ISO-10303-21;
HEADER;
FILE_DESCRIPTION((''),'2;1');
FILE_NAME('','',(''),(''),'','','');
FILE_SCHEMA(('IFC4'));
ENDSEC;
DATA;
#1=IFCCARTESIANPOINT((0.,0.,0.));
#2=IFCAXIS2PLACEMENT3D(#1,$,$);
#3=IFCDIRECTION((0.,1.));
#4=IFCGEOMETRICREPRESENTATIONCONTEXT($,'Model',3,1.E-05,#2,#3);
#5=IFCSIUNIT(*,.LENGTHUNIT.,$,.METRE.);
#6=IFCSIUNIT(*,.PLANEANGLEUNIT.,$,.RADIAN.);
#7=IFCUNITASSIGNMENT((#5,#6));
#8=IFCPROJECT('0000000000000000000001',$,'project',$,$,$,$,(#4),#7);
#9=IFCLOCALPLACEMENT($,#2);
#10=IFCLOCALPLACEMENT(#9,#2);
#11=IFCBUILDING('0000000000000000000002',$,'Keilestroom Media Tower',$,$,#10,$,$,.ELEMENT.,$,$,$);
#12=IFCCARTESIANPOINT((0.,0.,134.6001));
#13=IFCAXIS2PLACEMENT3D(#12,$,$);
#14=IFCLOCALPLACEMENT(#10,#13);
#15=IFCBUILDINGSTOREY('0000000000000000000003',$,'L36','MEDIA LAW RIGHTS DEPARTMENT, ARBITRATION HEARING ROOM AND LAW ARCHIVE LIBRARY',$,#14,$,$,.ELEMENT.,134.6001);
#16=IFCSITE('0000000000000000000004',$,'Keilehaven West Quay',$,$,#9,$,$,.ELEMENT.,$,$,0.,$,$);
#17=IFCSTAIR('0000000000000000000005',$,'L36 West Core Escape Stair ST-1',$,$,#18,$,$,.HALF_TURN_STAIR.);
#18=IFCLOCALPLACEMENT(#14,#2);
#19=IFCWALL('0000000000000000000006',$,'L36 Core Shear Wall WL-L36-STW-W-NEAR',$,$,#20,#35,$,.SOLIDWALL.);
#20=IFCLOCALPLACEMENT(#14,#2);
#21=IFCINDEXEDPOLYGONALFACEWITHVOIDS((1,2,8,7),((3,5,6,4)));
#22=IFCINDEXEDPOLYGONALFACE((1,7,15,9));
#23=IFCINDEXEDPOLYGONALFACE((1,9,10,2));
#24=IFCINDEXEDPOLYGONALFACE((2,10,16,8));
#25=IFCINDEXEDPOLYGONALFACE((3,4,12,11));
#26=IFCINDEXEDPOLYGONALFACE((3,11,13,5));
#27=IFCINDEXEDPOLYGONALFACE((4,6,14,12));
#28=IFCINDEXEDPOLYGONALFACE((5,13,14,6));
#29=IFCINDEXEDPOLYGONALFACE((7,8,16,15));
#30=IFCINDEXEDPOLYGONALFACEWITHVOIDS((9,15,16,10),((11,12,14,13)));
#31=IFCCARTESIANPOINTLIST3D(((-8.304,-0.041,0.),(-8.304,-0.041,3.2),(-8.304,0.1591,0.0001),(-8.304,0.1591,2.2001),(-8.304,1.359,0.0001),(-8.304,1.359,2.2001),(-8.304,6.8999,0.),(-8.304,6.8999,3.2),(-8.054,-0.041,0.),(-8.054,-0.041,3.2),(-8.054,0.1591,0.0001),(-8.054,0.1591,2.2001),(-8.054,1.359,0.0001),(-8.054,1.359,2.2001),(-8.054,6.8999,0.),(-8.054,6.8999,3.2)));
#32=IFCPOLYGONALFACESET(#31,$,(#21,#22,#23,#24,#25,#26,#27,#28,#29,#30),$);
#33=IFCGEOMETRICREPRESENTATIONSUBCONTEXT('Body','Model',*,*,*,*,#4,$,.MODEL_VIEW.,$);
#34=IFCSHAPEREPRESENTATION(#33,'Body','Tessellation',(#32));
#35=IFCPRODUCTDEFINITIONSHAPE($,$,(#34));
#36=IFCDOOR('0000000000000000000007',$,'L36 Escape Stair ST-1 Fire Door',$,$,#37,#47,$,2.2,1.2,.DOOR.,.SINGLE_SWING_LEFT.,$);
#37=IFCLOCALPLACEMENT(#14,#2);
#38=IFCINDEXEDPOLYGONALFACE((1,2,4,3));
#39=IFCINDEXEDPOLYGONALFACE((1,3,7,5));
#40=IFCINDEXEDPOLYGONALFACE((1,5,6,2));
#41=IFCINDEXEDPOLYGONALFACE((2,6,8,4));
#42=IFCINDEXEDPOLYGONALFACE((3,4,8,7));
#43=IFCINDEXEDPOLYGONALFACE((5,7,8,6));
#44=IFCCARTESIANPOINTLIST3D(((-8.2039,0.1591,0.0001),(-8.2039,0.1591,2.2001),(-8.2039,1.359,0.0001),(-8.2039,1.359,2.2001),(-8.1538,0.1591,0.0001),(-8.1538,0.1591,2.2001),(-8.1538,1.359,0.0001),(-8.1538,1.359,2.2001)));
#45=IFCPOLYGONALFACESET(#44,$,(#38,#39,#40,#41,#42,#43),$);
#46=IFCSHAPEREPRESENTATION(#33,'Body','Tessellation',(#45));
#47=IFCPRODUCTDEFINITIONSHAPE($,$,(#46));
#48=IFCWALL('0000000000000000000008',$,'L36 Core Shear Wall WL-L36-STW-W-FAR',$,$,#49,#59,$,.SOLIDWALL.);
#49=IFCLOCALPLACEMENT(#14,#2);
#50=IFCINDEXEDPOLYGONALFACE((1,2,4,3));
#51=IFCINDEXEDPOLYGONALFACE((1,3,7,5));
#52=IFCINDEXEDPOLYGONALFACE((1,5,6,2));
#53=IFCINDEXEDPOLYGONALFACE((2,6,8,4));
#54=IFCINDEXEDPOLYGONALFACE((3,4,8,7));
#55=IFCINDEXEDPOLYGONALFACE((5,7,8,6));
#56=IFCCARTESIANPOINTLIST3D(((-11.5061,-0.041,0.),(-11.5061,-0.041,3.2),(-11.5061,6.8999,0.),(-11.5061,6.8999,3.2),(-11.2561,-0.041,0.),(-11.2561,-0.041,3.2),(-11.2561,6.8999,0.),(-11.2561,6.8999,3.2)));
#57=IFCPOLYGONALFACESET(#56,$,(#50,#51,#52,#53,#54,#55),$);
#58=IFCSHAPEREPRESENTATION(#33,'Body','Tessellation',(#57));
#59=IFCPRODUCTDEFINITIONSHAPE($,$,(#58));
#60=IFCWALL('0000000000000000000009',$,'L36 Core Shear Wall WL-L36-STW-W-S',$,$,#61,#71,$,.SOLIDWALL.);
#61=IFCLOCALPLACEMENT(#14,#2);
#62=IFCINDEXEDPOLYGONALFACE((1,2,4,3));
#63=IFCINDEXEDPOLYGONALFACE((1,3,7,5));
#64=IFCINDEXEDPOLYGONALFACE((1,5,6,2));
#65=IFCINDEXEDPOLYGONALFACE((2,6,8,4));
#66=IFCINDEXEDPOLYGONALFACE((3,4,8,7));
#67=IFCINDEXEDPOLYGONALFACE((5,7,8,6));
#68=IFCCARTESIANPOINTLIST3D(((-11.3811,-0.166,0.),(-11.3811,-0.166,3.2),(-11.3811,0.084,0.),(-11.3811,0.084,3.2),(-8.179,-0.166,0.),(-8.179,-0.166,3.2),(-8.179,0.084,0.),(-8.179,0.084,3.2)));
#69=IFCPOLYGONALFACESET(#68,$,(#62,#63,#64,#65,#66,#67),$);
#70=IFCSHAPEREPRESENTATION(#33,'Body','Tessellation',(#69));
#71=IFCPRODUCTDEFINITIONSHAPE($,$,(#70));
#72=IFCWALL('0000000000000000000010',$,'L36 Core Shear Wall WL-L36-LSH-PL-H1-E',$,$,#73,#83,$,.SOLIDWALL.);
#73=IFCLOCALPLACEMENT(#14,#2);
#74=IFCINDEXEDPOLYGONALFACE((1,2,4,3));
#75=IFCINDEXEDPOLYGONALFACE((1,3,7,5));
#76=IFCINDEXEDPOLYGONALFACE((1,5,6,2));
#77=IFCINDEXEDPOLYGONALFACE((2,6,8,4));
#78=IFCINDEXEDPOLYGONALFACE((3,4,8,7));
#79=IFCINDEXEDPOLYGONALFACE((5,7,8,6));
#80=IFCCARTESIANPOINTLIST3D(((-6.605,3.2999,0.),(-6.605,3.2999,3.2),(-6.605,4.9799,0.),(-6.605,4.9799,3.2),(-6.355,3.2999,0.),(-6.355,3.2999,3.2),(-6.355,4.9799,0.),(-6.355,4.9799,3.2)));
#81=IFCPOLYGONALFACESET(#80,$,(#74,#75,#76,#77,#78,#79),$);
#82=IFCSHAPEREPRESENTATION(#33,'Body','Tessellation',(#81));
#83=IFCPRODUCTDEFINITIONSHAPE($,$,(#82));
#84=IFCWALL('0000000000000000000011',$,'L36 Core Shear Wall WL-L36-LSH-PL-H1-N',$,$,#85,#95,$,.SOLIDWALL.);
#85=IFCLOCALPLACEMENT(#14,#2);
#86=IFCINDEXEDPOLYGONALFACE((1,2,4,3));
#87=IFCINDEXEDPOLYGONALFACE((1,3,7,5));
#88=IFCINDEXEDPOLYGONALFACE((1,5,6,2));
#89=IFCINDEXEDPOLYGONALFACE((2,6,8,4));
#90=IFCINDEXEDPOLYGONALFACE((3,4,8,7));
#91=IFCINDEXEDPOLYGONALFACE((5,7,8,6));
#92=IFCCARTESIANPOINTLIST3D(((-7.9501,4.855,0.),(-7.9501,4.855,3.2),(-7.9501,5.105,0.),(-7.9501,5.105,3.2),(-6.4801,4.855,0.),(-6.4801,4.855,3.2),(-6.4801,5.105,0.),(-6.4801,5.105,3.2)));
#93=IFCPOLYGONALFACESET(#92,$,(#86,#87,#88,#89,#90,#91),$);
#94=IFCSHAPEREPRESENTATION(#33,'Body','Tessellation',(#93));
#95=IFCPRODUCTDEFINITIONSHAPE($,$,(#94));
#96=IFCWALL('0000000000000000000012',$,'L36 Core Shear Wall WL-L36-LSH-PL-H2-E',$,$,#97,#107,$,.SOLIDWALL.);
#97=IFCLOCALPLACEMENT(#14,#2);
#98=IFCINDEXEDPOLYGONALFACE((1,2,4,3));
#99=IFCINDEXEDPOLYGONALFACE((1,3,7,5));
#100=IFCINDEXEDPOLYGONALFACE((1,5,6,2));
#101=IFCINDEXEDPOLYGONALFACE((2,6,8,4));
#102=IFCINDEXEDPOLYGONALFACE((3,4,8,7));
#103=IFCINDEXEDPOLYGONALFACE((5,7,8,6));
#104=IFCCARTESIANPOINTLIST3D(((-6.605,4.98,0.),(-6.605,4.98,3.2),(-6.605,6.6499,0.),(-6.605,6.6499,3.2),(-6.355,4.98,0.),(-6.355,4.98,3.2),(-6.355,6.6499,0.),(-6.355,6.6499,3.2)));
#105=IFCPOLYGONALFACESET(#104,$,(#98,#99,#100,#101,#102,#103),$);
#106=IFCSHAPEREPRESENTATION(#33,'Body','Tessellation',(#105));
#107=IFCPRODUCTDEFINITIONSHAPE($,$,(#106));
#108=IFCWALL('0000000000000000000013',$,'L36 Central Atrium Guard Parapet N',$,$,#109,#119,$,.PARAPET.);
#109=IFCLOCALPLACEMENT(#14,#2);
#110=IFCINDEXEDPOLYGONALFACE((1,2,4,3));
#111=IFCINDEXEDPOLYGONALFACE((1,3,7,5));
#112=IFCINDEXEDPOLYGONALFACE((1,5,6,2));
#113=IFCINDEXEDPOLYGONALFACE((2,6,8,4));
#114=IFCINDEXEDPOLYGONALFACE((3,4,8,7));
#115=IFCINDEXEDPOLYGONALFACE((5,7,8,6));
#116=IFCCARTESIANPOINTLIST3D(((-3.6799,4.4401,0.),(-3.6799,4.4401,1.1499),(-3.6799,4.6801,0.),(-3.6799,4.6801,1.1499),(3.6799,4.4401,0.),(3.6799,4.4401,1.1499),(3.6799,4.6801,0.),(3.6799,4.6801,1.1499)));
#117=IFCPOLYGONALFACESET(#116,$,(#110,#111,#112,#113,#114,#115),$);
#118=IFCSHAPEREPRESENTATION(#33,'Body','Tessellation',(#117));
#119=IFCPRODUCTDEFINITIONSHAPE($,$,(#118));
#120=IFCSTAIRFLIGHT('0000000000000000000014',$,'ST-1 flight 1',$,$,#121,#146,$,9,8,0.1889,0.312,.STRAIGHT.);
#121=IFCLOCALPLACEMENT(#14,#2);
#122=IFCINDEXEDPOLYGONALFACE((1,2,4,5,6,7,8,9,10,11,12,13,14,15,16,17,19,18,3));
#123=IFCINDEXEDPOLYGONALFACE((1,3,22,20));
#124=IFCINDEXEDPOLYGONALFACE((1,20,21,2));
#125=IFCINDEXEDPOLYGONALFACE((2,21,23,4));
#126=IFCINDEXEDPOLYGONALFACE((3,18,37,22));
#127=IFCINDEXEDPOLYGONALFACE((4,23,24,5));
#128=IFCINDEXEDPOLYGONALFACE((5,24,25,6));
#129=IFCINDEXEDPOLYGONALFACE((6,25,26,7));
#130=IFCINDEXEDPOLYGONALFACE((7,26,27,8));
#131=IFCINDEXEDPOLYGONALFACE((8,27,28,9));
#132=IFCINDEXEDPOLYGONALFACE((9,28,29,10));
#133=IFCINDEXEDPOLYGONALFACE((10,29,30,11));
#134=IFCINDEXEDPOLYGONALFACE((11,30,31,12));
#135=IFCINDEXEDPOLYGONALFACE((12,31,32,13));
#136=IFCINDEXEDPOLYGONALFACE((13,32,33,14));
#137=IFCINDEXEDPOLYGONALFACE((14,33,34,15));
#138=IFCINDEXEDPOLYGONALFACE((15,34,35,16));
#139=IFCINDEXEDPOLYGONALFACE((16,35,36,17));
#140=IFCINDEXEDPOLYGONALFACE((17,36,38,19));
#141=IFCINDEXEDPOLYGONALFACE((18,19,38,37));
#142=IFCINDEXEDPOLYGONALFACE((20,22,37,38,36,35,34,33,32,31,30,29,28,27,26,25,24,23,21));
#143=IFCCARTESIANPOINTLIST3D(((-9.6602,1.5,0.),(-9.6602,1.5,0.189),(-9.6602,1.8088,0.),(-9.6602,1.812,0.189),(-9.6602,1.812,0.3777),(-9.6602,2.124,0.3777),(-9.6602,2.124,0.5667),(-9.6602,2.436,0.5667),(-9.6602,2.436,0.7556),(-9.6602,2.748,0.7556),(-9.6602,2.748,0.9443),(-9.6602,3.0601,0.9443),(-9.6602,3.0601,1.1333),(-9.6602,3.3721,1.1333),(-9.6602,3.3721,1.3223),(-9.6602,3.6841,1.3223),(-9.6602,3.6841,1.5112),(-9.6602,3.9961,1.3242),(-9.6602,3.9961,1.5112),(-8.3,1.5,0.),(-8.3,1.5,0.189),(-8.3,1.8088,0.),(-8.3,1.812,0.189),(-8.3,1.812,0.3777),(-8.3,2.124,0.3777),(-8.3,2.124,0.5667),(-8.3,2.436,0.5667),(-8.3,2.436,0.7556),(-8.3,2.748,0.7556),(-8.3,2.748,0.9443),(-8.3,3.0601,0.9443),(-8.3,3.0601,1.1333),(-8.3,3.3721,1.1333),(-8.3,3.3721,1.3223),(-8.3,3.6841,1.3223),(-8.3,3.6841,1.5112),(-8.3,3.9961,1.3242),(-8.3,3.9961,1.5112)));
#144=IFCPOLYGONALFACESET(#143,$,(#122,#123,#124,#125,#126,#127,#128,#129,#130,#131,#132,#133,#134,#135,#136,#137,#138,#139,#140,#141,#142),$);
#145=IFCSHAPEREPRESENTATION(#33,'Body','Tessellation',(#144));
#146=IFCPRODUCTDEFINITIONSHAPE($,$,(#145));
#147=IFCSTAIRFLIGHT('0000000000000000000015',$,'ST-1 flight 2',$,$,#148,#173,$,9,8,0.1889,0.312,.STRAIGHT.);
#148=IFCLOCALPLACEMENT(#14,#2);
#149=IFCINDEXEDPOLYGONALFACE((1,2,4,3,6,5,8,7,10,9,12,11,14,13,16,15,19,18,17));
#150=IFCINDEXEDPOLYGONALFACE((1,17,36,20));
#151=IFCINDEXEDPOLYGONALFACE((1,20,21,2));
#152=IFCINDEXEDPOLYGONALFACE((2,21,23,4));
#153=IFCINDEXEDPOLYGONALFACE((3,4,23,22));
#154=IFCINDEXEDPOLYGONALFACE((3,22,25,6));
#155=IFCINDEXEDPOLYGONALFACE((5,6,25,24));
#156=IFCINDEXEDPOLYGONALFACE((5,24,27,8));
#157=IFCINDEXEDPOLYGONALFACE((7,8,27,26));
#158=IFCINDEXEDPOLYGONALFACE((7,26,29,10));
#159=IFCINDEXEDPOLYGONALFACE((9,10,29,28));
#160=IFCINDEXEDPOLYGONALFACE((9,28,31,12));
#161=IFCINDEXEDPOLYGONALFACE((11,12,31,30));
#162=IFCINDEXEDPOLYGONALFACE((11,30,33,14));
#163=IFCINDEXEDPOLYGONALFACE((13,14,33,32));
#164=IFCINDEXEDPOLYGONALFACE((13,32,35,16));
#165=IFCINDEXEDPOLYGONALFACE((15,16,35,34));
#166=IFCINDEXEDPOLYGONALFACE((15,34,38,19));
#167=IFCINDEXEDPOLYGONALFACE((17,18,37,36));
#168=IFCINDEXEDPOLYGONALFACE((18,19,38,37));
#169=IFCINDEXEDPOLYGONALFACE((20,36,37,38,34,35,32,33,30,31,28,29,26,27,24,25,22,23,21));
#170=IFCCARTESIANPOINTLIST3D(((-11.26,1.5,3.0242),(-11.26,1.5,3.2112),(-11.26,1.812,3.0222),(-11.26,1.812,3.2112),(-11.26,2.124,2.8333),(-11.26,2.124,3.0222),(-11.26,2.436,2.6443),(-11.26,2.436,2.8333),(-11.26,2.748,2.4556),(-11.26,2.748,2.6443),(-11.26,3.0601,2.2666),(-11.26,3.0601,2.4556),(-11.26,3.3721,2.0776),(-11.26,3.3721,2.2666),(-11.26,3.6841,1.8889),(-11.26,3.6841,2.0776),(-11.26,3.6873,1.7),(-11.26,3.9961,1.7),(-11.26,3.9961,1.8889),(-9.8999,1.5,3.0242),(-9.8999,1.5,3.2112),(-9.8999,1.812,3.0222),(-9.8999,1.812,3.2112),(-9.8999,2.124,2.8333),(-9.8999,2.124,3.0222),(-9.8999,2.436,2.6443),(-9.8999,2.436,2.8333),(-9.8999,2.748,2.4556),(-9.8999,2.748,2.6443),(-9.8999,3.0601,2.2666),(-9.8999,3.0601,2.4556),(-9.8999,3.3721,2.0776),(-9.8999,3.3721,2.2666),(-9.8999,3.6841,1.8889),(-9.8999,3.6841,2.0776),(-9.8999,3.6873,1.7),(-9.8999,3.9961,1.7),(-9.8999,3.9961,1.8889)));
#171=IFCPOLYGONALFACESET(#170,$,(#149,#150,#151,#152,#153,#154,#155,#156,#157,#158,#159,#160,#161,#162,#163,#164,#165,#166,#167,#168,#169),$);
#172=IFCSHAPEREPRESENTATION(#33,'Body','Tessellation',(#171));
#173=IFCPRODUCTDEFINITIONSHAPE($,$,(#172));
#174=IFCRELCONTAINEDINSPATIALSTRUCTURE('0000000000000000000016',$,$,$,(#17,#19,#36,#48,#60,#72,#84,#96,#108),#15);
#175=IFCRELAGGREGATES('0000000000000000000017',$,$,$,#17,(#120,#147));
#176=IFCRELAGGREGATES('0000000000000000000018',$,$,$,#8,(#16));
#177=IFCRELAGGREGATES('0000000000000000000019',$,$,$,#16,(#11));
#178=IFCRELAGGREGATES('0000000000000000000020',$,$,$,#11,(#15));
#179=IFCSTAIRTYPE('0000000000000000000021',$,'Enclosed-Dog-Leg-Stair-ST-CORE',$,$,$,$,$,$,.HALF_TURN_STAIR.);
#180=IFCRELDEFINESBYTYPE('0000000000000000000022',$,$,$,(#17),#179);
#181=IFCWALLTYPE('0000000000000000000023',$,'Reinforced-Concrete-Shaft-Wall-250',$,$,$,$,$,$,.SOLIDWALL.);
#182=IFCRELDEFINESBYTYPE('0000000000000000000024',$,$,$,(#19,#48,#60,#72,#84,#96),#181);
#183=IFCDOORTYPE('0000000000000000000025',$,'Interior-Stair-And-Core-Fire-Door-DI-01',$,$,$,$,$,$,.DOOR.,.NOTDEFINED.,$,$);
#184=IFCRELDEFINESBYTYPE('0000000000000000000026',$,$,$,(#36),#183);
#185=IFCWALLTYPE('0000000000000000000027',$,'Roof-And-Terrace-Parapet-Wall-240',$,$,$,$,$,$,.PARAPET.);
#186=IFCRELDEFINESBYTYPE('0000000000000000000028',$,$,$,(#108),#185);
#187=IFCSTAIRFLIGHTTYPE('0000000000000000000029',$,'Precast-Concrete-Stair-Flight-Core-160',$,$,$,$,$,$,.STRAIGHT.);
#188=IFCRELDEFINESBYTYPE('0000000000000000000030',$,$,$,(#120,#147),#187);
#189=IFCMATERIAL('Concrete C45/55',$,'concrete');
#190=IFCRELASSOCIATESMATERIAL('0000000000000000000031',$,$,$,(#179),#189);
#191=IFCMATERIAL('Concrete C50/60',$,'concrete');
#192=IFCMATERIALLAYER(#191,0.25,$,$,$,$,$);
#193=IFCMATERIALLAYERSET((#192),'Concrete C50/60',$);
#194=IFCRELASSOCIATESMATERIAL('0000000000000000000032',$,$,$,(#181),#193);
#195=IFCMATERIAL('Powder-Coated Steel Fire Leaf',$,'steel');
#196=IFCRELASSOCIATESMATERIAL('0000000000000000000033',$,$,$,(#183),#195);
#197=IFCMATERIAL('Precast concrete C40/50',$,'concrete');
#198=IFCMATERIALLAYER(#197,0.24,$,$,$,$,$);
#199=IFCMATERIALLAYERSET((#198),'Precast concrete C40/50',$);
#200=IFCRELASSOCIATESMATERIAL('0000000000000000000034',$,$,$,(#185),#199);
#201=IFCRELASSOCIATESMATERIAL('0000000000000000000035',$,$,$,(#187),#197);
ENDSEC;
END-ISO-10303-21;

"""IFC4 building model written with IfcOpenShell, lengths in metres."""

from ifc_helpers import new_model, si_unit, direction, frame, frame_2d, origin, place, context, subcontext, project, spatial, polyline, rectangle, outline, extrude, source, transform, mapped, material, layer, layer_set, type_object, element, fill, aggregate, save


model = new_model("IFC4")

# Units and contexts
model_context = context("Model", 3, precision=1e-05, world=origin(), true_north=direction((0.0, 1.0)))
body_context = subcontext(model_context, "Body", "Model", "MODEL_VIEW")
ifc_project = project(units=[si_unit("LENGTHUNIT", "METRE"), si_unit("PLANEANGLEUNIT", "RADIAN")], contexts=[model_context])

# Site, building, storey
site_placement = place(None, origin())
site = spatial("IfcSite", under=ifc_project, at=site_placement, Name="Keilehaven West Quay", CompositionType="ELEMENT", RefElevation=0.0)
building_placement = place(site_placement, origin())
building = spatial("IfcBuilding", under=site, at=building_placement, Name="Keilestroom Media Tower", CompositionType="ELEMENT")
storey_placement = place(building_placement, frame((0.0, 0.0, 134.6001)))
storey = spatial("IfcBuildingStorey", under=building, at=storey_placement, Name="L36", Description="MEDIA LAW RIGHTS DEPARTMENT, ARBITRATION HEARING ROOM AND LAW ARCHIVE LIBRARY", CompositionType="ELEMENT", Elevation=134.6001)

# Shared definitions
ifc_material_1 = material(Name="Concrete C50/60", Category="concrete")

# Stair
ifc_material_2 = material(Name="Concrete C45/55", Category="concrete")
stair_type = type_object("IfcStairType", Name="Enclosed-Dog-Leg-Stair-ST-CORE", PredefinedType="HALF_TURN_STAIR", material=ifc_material_2)
stair_1_placement = place(storey_placement, origin())
stair_1 = element("IfcStair", 1, at=stair_1_placement, inside=storey, type_object=stair_type, Name="L36 West Core Escape Stair ST-1", PredefinedType="HALF_TURN_STAIR")

# Shared definitions
ifc_layer_1 = layer(ifc_material_1, 0.25)
ifc_layer_set_1 = layer_set([ifc_layer_1], Name="Concrete C50/60")
wall_type_1 = type_object("IfcWallType", Name="Reinforced-Concrete-Shaft-Wall-250", PredefinedType="SOLIDWALL", material=ifc_layer_set_1)

# Wall, opening, door
wall_1_placement = place(storey_placement, frame((-8.179, -0.041, 0.0), z_axis=(0.0, 0.0, 1.0), x_axis=(0.0, 1.0, 0.0)))
wall_1 = element("IfcWall", 2, at=wall_1_placement, inside=storey, type_object=wall_type_1, Name="L36 Core Shear Wall WL-L36-STW-W-NEAR", PredefinedType="SOLIDWALL", context=body_context, shape_type="SweptSolid", body=[
    extrude(rectangle(XDim=6.9409, YDim=0.25, at=frame_2d((3.4705, 0.0))), origin(), (0.0, 0.0, 1.0), 3.2),
])
opening_placement = place(wall_1_placement, frame((0.2, 0.0, 0.0)))
opening = element("IfcOpeningElement", 3, at=opening_placement, cuts=wall_1, PredefinedType="OPENING", context=body_context, shape_type="SweptSolid", body=[
    extrude(rectangle(XDim=1.2, YDim=2.2, at=frame_2d((0.6001, 1.1001))), frame((0.0, 0.135, 0.0), z_axis=(0.0, -1.0, 0.0), x_axis=(1.0, 0.0, 0.0)), (0.0, 0.0, 1.0), 0.27),
])
ifc_material_3 = material(Name="Powder-Coated Steel Fire Leaf", Category="steel")
door_type = type_object("IfcDoorType", Name="Interior-Stair-And-Core-Fire-Door-DI-01", OperationType="NOTDEFINED", PredefinedType="DOOR", material=ifc_material_3)
shared_shape_1 = source(origin(), body_context, "Body", "SweptSolid", [
    extrude(rectangle(XDim=1.2, YDim=2.2, at=frame_2d((0.6001, 1.1001))), frame((0.0, 0.0249, 0.0), z_axis=(0.0, -1.0, 0.0), x_axis=(1.0, 0.0, 0.0)), (0.0, 0.0, 1.0), 0.05),
])
door_placement = place(opening_placement, origin())
door = element("IfcDoor", 4, at=door_placement, inside=storey, type_object=door_type, Name="L36 Escape Stair ST-1 Fire Door", OperationType="SINGLE_SWING_LEFT", OverallHeight=2.2, OverallWidth=1.2, PredefinedType="DOOR", context=body_context, shape_type="MappedRepresentation", body=[
    mapped(shared_shape_1, transform((0.0, 0.0, 0.0), x_axis=(1.0, 0.0, 0.0), y_axis=(0.0, 1.0, 0.0), z_axis=(0.0, 0.0, 1.0), scale=1.0)),
])
fill(opening, door)

# Walls
wall_2_placement = place(storey_placement, frame((-11.3811, -0.041, 0.0), z_axis=(0.0, 0.0, 1.0), x_axis=(0.0, 1.0, 0.0)))
element("IfcWall", 5, at=wall_2_placement, inside=storey, type_object=wall_type_1, Name="L36 Core Shear Wall WL-L36-STW-W-FAR", PredefinedType="SOLIDWALL", context=body_context, shape_type="SweptSolid", body=[
    extrude(rectangle(XDim=6.9409, YDim=0.25, at=frame_2d((3.4705, 0.0))), origin(), (0.0, 0.0, 1.0), 3.2),
])
wall_3_placement = place(storey_placement, frame((-11.3811, -0.041, 0.0), z_axis=(0.0, 0.0, 1.0), x_axis=(1.0, 0.0, 0.0)))
element("IfcWall", 6, at=wall_3_placement, inside=storey, type_object=wall_type_1, Name="L36 Core Shear Wall WL-L36-STW-W-S", PredefinedType="SOLIDWALL", context=body_context, shape_type="SweptSolid", body=[
    extrude(rectangle(XDim=3.2021, YDim=0.25, at=frame_2d((1.6011, 0.0))), origin(), (0.0, 0.0, 1.0), 3.2),
])
wall_4_placement = place(storey_placement, frame((-6.48, 3.3, 0.0), z_axis=(0.0, 0.0, 1.0), x_axis=(0.0, 1.0, 0.0)))
element("IfcWall", 7, at=wall_4_placement, inside=storey, type_object=wall_type_1, Name="L36 Core Shear Wall WL-L36-LSH-PL-H1-E", PredefinedType="SOLIDWALL", context=body_context, shape_type="SweptSolid", body=[
    extrude(rectangle(XDim=1.6799, YDim=0.25, at=frame_2d((0.8398, 0.0))), origin(), (0.0, 0.0, 1.0), 3.2),
])
wall_5_placement = place(storey_placement, frame((-7.95, 4.98, 0.0), z_axis=(0.0, 0.0, 1.0), x_axis=(1.0, 0.0, 0.0)))
element("IfcWall", 8, at=wall_5_placement, inside=storey, type_object=wall_type_1, Name="L36 Core Shear Wall WL-L36-LSH-PL-H1-N", PredefinedType="SOLIDWALL", context=body_context, shape_type="SweptSolid", body=[
    extrude(rectangle(XDim=1.47, YDim=0.25, at=frame_2d((0.7349, 0.0))), origin(), (0.0, 0.0, 1.0), 3.2),
])
wall_6_placement = place(storey_placement, frame((-6.48, 4.98, 0.0), z_axis=(0.0, 0.0, 1.0), x_axis=(0.0, 1.0, 0.0)))
element("IfcWall", 9, at=wall_6_placement, inside=storey, type_object=wall_type_1, Name="L36 Core Shear Wall WL-L36-LSH-PL-H2-E", PredefinedType="SOLIDWALL", context=body_context, shape_type="SweptSolid", body=[
    extrude(rectangle(XDim=1.6699, YDim=0.25, at=frame_2d((0.835, 0.0))), origin(), (0.0, 0.0, 1.0), 3.2),
])
ifc_material_4 = material(Name="Precast concrete C40/50", Category="concrete")
ifc_layer_2 = layer(ifc_material_4, 0.24)
ifc_layer_set_2 = layer_set([ifc_layer_2], Name="Precast concrete C40/50")
wall_type_2 = type_object("IfcWallType", Name="Roof-And-Terrace-Parapet-Wall-240", PredefinedType="PARAPET", material=ifc_layer_set_2)
wall_7_placement = place(storey_placement, frame((-3.6799, 4.5601, 0.0), z_axis=(0.0, 0.0, 1.0), x_axis=(1.0, 0.0, 0.0)))
element("IfcWall", 10, at=wall_7_placement, inside=storey, type_object=wall_type_2, Name="L36 Central Atrium Guard Parapet N", PredefinedType="PARAPET", context=body_context, shape_type="SweptSolid", body=[
    extrude(rectangle(XDim=7.3599, YDim=0.24, at=frame_2d((3.6799, 0.0))), origin(), (0.0, 0.0, 1.0), 1.1499),
])

# Stair flights
stair_flight_type = type_object("IfcStairFlightType", Name="Precast-Concrete-Stair-Flight-Core-160", PredefinedType="STRAIGHT", material=ifc_material_4)
stair_flight_1_placement = place(storey_placement, frame((-8.98, 1.5, 0.0), z_axis=(0.0, 0.0, 1.0), x_axis=(0.0, 1.0, 0.0)))
stair_flight_1 = element("IfcStairFlight", 11, at=stair_flight_1_placement, type_object=stair_flight_type, Name="ST-1 flight 1", NumberOfRisers=9, NumberOfTreads=8, PredefinedType="STRAIGHT", RiserHeight=0.1889, TreadLength=0.312, context=body_context, shape_type="SweptSolid", body=[
    extrude(outline(polyline([(0.0, 0.0), (0.0, 0.189), (0.312, 0.189), (0.312, 0.3777), (0.624, 0.3777), (0.624, 0.5667), (0.936, 0.5667), (0.936, 0.7556), (1.248, 0.7556), (1.248, 0.9443), (1.5601, 0.9443), (1.5601, 1.1333), (1.8721, 1.1333), (1.8721, 1.3223), (2.1841, 1.3223), (2.1841, 1.5112), (2.4961, 1.5112), (2.4961, 1.7), (2.4961, 1.3242), (0.3088, 0.0), (0.0, 0.0)])), frame((0.0, 0.6802, 0.0), z_axis=(0.0, -1.0, 0.0), x_axis=(1.0, 0.0, 0.0)), (0.0, 0.0, 1.0), 1.3601),
])
stair_flight_2_placement = place(storey_placement, frame((-10.5801, 3.9961, 1.7), z_axis=(0.0, 0.0, 1.0), x_axis=(0.0, -1.0, 0.0)))
stair_flight_2 = element("IfcStairFlight", 12, at=stair_flight_2_placement, type_object=stair_flight_type, Name="ST-1 flight 2", NumberOfRisers=9, NumberOfTreads=8, PredefinedType="STRAIGHT", RiserHeight=0.1889, TreadLength=0.312, context=body_context, shape_type="SweptSolid", body=[
    extrude(outline(polyline([(0.0, 0.0), (0.0, 0.189), (0.312, 0.189), (0.312, 0.3777), (0.624, 0.3777), (0.624, 0.5667), (0.936, 0.5667), (0.936, 0.7556), (1.248, 0.7556), (1.248, 0.9443), (1.5601, 0.9443), (1.5601, 1.1333), (1.8721, 1.1333), (1.8721, 1.3223), (2.1841, 1.3223), (2.1841, 1.5112), (2.4961, 1.5112), (2.4961, 1.7), (2.4961, 1.3242), (0.3088, 0.0), (0.0, 0.0)])), frame((0.0, 0.6802, 0.0), z_axis=(0.0, -1.0, 0.0), x_axis=(1.0, 0.0, 0.0)), (0.0, 0.0, 1.0), 1.3601),
])
aggregate(stair_1, [stair_flight_1, stair_flight_2])

save(model, "model.ifc")
